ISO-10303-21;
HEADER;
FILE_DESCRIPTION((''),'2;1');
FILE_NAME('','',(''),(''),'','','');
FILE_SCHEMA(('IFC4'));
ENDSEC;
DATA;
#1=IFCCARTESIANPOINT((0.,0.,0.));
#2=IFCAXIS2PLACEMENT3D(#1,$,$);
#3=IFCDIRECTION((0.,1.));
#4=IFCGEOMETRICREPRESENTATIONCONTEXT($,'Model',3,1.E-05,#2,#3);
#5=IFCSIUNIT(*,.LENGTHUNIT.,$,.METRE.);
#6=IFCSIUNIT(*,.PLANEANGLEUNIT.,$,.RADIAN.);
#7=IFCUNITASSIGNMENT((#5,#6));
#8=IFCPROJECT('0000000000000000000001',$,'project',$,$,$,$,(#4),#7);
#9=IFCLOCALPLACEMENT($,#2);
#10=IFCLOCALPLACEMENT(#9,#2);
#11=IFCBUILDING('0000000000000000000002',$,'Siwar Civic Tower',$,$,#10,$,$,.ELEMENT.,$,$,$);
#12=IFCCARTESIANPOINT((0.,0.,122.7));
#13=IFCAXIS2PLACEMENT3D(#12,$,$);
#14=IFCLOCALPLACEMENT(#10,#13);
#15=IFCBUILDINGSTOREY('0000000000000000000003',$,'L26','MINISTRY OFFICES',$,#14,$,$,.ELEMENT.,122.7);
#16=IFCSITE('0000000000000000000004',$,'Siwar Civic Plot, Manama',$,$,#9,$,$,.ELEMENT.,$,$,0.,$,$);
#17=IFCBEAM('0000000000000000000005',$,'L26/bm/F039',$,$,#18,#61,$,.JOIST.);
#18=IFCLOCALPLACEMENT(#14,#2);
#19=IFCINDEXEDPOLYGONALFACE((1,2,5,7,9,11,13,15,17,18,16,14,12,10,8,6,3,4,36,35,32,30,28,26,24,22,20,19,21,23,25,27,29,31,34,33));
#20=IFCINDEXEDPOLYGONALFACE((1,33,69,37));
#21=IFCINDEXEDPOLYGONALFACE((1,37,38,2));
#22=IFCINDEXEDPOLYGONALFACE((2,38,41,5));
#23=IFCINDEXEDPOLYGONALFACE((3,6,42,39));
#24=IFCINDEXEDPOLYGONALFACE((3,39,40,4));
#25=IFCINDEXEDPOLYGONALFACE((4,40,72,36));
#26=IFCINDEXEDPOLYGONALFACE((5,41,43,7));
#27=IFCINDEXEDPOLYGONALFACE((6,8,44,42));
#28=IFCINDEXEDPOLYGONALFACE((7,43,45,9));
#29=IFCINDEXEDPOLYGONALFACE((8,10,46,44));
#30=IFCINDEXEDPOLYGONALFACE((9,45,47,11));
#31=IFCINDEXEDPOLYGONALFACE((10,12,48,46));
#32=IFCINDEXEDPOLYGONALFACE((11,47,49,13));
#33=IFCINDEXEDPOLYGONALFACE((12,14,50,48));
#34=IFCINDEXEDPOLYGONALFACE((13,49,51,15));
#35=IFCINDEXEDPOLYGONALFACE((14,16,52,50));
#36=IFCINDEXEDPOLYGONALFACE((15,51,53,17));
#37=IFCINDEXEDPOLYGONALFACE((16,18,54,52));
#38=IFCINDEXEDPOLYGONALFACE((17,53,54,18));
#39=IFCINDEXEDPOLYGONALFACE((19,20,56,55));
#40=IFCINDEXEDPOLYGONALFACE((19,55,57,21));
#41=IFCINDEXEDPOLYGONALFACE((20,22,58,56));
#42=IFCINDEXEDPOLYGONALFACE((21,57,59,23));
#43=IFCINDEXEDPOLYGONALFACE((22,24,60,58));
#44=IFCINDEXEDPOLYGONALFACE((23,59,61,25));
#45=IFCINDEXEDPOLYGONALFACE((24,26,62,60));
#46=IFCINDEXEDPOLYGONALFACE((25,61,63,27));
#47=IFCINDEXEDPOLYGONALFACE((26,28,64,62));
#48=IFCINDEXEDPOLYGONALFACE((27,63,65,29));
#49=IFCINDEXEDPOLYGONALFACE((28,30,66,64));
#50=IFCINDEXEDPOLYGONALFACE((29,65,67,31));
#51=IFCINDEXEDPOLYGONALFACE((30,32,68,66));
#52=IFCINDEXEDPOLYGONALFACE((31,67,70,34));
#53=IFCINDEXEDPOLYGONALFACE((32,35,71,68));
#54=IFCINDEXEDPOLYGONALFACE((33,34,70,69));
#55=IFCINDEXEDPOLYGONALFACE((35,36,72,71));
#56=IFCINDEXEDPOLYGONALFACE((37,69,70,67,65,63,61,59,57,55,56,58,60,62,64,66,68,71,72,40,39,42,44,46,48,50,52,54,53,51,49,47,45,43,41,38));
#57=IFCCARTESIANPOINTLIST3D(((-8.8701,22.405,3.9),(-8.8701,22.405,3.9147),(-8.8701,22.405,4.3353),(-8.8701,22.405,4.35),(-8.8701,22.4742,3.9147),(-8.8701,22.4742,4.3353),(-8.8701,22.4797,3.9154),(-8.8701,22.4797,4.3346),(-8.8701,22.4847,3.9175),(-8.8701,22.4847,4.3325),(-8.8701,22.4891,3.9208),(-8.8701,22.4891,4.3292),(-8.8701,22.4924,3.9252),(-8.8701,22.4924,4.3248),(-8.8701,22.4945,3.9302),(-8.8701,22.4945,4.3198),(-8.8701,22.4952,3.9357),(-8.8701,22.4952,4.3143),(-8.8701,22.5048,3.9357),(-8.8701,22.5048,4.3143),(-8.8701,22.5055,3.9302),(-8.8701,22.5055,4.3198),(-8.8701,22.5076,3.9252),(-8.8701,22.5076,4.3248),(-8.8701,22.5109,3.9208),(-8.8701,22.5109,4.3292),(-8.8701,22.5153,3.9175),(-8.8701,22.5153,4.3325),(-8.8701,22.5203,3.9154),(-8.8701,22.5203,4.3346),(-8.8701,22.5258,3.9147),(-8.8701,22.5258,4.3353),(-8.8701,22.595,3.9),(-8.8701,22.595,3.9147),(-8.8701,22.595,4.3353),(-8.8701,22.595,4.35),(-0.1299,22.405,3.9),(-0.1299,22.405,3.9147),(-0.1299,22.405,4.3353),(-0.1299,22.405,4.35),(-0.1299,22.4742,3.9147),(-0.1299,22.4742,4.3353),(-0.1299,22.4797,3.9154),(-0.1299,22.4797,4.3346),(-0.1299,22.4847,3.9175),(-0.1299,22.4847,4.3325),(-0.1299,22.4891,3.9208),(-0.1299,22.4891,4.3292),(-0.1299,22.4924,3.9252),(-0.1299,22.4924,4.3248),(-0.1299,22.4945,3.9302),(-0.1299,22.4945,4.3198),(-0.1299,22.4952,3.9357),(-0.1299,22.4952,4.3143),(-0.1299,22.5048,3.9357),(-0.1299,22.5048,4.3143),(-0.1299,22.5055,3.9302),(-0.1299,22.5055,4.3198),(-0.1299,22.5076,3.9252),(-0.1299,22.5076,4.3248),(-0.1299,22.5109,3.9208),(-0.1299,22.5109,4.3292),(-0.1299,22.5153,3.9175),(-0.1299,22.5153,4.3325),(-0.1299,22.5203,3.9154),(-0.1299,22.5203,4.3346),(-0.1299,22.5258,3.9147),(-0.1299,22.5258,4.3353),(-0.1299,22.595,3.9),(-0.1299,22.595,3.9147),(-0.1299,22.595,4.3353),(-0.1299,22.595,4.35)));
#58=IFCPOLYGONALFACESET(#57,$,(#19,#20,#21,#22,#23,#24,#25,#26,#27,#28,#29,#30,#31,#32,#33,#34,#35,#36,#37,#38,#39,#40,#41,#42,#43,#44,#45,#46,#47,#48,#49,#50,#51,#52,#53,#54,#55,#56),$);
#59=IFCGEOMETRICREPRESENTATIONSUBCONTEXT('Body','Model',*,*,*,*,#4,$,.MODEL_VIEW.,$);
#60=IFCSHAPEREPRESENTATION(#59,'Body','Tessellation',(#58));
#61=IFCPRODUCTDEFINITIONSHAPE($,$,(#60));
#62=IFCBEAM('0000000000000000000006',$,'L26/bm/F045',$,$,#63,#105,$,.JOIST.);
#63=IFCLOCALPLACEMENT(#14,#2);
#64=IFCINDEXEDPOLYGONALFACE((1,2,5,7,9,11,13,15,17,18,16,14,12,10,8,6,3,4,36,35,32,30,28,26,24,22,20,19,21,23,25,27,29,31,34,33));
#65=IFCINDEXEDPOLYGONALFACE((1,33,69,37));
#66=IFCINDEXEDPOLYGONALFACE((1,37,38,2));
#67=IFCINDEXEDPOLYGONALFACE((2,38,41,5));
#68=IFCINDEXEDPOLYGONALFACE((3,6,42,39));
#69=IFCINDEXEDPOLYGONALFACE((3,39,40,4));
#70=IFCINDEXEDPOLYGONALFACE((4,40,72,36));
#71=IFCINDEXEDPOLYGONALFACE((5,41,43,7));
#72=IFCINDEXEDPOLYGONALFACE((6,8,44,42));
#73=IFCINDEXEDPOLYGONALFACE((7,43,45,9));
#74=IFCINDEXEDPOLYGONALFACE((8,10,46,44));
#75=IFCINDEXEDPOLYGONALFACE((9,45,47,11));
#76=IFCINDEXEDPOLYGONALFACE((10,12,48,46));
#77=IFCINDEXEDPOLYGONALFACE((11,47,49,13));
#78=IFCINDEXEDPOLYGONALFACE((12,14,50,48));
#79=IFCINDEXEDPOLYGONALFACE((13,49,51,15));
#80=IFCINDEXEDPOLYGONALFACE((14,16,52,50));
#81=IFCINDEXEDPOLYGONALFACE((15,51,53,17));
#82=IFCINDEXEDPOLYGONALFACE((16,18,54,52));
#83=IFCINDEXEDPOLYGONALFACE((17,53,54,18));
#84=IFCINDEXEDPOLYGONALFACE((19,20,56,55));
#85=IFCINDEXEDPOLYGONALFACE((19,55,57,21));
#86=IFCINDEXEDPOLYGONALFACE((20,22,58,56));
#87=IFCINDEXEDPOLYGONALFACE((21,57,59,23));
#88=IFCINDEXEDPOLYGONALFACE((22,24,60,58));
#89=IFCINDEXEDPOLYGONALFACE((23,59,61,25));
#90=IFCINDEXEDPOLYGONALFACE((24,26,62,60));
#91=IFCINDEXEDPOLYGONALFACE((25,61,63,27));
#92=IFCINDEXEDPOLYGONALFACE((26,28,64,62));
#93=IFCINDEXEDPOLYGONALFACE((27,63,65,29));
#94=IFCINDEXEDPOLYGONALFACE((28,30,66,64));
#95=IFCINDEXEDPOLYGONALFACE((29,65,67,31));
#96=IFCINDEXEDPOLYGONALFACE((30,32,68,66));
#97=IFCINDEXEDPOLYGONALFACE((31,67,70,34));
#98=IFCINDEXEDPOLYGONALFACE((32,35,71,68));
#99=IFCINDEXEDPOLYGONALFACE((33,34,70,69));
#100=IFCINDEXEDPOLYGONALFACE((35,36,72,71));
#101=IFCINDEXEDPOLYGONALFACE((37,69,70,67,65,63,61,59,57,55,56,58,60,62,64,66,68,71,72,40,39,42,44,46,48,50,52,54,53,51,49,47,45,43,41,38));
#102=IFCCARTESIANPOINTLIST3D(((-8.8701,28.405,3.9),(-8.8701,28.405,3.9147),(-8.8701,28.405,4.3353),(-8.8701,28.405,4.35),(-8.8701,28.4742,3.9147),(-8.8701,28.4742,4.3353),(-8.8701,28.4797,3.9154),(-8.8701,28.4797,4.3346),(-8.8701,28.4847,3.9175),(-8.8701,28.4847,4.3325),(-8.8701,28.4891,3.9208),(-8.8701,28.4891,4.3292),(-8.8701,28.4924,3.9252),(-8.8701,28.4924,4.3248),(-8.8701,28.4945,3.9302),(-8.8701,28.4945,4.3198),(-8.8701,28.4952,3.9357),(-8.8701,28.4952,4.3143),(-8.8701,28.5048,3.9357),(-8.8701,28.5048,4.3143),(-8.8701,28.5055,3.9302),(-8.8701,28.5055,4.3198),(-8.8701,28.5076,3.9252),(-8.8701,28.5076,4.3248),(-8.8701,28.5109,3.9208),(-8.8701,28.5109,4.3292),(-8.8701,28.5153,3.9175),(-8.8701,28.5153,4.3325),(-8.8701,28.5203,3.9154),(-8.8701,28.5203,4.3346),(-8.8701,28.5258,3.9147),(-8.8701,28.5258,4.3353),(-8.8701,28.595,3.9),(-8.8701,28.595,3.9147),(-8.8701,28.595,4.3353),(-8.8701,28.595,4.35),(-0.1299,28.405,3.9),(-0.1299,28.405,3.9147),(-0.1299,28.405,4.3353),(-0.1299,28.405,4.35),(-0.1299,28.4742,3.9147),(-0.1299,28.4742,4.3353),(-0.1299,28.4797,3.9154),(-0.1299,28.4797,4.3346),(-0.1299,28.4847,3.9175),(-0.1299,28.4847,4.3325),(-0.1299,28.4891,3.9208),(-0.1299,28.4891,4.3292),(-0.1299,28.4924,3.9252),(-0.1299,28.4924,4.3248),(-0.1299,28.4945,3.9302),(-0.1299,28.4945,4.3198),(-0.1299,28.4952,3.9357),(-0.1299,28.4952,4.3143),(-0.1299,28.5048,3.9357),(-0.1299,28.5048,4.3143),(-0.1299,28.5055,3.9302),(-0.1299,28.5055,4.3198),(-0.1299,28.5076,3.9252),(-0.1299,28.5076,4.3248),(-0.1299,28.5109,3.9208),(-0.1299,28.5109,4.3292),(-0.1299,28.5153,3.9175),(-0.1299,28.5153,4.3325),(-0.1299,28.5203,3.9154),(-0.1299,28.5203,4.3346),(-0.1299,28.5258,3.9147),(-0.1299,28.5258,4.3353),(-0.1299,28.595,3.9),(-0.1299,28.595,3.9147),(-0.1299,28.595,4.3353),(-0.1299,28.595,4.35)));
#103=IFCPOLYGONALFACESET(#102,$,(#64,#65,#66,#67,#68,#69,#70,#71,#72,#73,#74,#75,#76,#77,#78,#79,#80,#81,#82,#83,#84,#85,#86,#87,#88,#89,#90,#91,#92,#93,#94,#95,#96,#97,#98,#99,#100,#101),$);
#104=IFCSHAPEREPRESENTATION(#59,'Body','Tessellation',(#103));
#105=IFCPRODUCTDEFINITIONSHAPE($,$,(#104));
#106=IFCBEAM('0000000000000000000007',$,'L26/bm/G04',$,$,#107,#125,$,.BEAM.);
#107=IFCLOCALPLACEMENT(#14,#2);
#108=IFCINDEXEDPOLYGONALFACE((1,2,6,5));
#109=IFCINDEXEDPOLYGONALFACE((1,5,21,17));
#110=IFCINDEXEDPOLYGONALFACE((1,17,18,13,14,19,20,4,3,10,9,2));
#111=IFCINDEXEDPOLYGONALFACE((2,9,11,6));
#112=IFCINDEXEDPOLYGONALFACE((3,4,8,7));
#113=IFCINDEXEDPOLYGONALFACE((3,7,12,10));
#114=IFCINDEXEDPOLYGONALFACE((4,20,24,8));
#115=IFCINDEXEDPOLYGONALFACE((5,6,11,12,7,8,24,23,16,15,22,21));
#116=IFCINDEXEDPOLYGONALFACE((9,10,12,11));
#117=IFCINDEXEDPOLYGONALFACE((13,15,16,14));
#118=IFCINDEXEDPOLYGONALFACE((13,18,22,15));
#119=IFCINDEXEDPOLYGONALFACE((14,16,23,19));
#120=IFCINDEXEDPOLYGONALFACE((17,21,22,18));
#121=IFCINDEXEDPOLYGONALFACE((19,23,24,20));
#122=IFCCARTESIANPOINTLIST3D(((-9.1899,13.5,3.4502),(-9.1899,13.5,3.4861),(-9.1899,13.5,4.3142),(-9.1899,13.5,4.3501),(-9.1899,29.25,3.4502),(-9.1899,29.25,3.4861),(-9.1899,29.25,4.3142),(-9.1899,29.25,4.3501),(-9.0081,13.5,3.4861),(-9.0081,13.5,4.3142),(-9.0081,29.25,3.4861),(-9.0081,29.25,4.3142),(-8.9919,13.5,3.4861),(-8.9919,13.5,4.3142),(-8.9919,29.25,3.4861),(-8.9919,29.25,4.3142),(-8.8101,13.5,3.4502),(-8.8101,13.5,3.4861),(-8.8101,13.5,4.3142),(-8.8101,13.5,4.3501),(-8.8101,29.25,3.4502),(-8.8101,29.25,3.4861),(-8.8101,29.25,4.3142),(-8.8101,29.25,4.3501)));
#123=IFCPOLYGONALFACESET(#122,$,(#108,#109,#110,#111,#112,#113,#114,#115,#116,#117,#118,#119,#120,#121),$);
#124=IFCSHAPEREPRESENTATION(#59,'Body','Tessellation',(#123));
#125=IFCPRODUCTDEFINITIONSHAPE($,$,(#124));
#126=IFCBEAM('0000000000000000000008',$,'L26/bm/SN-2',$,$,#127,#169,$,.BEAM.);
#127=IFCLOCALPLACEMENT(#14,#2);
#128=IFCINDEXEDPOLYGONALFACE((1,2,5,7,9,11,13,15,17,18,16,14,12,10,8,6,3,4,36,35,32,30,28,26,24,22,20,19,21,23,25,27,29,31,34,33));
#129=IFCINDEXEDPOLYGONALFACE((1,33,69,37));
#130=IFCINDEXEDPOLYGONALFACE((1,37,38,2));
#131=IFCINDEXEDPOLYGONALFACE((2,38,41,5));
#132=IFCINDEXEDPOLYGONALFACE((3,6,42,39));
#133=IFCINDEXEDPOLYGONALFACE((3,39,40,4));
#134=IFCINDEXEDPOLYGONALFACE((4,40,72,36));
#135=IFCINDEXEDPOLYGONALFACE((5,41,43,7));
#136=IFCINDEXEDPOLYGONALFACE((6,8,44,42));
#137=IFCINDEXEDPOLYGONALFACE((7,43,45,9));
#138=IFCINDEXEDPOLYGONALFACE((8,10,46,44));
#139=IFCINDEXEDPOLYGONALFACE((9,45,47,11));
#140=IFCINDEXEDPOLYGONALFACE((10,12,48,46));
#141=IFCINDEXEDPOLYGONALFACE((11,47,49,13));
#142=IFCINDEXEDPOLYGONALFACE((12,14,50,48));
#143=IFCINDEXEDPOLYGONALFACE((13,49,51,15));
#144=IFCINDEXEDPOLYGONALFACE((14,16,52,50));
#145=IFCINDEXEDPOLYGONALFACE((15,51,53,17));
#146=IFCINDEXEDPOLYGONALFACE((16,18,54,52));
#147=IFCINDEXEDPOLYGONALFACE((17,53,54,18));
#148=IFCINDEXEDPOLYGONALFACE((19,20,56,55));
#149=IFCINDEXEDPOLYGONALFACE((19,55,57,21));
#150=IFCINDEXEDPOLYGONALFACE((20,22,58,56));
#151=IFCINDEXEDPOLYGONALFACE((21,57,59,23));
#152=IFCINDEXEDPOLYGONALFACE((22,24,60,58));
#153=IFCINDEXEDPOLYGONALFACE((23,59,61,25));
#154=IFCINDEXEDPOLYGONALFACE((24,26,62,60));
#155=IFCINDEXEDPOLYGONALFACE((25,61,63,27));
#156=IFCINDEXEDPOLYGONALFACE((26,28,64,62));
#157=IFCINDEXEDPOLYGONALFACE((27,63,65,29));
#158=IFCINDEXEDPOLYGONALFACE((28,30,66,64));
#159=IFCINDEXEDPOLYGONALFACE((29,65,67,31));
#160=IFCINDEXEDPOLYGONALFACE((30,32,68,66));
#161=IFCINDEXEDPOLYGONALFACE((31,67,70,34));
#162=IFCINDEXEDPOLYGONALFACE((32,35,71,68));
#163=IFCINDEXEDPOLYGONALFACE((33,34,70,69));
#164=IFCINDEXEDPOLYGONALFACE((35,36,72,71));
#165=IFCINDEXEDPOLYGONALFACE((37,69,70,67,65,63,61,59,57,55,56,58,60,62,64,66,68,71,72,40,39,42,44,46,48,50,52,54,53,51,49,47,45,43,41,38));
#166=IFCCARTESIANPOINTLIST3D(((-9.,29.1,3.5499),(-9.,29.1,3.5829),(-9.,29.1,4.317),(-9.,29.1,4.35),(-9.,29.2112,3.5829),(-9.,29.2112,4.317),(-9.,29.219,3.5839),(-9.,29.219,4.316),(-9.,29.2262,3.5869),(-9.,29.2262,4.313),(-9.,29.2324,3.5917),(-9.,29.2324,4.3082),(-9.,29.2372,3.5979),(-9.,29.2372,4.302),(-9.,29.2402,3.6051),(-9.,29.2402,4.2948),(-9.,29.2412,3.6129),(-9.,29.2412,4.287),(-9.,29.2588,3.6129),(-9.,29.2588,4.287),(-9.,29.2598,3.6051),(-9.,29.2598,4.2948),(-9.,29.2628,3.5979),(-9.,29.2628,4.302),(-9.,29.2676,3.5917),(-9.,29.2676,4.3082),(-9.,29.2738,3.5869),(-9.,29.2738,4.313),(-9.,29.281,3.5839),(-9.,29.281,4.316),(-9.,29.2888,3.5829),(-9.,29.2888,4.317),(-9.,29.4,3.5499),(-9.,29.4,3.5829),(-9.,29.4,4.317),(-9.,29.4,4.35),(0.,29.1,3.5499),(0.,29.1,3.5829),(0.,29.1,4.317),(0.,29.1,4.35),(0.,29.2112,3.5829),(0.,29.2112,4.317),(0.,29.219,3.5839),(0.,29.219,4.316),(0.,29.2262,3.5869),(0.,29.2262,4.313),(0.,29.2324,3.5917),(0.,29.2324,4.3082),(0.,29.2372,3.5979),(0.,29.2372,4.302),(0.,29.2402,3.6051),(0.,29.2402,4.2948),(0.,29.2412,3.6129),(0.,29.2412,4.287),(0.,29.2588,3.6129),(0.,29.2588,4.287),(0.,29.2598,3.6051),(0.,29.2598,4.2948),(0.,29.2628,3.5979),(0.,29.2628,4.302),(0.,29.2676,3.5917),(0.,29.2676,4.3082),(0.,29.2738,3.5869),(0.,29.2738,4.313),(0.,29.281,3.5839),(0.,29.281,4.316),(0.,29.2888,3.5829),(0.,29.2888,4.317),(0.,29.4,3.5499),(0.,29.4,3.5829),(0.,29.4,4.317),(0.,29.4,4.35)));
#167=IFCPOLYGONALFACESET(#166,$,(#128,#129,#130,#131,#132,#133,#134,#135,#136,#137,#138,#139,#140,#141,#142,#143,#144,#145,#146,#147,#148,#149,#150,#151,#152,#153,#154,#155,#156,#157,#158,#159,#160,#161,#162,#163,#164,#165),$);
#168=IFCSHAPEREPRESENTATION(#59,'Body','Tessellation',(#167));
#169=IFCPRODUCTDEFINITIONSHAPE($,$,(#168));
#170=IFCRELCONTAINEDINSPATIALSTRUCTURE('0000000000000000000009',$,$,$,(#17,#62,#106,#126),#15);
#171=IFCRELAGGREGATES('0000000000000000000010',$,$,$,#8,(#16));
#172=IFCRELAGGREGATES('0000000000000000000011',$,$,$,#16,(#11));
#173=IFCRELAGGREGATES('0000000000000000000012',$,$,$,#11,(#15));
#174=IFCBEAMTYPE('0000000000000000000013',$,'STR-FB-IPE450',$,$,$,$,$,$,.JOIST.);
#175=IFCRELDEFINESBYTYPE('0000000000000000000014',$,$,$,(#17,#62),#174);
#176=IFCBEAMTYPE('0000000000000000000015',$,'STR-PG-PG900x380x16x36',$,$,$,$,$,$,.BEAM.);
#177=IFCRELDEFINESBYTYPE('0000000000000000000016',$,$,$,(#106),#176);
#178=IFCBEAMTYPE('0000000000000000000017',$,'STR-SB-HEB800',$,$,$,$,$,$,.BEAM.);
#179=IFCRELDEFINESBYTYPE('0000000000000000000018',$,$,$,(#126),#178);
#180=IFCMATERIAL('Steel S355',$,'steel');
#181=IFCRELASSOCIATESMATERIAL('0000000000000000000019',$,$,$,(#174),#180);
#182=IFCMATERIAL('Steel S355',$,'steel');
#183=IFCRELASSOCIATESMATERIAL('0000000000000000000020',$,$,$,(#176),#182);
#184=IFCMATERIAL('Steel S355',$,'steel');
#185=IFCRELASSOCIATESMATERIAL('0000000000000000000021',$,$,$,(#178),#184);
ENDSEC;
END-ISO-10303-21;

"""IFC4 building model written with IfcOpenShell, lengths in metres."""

from ifc_helpers import new_model, si_unit, direction, frame, origin, origin_2d, place, context, subcontext, project, spatial, i_section, extrude, material, material_profile, profile_set, type_object, element, save


model = new_model("IFC4")

# Units and contexts
model_context = context("Model", 3, precision=1e-05, world=origin(), true_north=direction((0.0, 1.0)))
body_context = subcontext(model_context, "Body", "Model", "MODEL_VIEW")
ifc_project = project(units=[si_unit("LENGTHUNIT", "METRE"), si_unit("PLANEANGLEUNIT", "RADIAN")], contexts=[model_context])

# Site, building, storey
site_placement = place(None, origin())
site = spatial("IfcSite", under=ifc_project, at=site_placement, Name="Siwar Civic Plot, Manama", CompositionType="ELEMENT", RefElevation=0.0)
building_placement = place(site_placement, origin())
building = spatial("IfcBuilding", under=site, at=building_placement, Name="Siwar Civic Tower", CompositionType="ELEMENT")
storey_placement = place(building_placement, frame((0.0, 0.0, 122.7)))
storey = spatial("IfcBuildingStorey", under=building, at=storey_placement, Name="L26", Description="MINISTRY OFFICES", CompositionType="ELEMENT", Elevation=122.7)

# Beams
ifc_material_1 = material(Name="Steel S355", Category="steel")
ifc_material_profile_1 = material_profile(ifc_material_1, i_section(OverallWidth=0.1899, OverallDepth=0.45, WebThickness=0.0095, FlangeThickness=0.0146, FilletRadius=0.021, at=origin_2d()), Name="IPE450")
ifc_profile_set_1 = profile_set([ifc_material_profile_1], Name="Steel S355")
beam_type_1 = type_object("IfcBeamType", Name="STR-FB-IPE450", PredefinedType="JOIST", material=ifc_profile_set_1)
for number, where, z_axis, x_axis, name in (
    (1, (-8.8701, 22.5, 4.125), (1.0, 0.0, 0.0), (0.0, 1.0, 0.0), "L26/bm/F039"),
    (2, (-8.8701, 28.5, 4.125), (1.0, 0.0, 0.0), (0.0, 1.0, 0.0), "L26/bm/F045"),
):
    element("IfcBeam", number, at=place(storey_placement, frame(where, z_axis=z_axis, x_axis=x_axis)), inside=storey, type_object=beam_type_1, Name=name, PredefinedType="JOIST", context=body_context, shape_type="SweptSolid", body=[
        extrude(i_section(OverallWidth=0.1899, OverallDepth=0.45, WebThickness=0.0095, FlangeThickness=0.0146, FilletRadius=0.021, at=origin_2d()), origin(), (0.0, 0.0, 1.0), 8.7402),
    ])
ifc_material_2 = material(Name="Steel S355", Category="steel")
ifc_material_profile_2 = material_profile(ifc_material_2, i_section(OverallWidth=0.3799, OverallDepth=0.8999, WebThickness=0.0161, FlangeThickness=0.0359, at=origin_2d()), Name="PG900x380x16x36")
ifc_profile_set_2 = profile_set([ifc_material_profile_2], Name="Steel S355")
beam_type_2 = type_object("IfcBeamType", Name="STR-PG-PG900x380x16x36", PredefinedType="BEAM", material=ifc_profile_set_2)
beam_1_placement = place(storey_placement, frame((-9.0, 13.5, 3.9001), z_axis=(0.0, 1.0, 0.0), x_axis=(-1.0, 0.0, 0.0)))
element("IfcBeam", 3, at=beam_1_placement, inside=storey, type_object=beam_type_2, Name="L26/bm/G04", PredefinedType="BEAM", context=body_context, shape_type="SweptSolid", body=[
    extrude(i_section(OverallWidth=0.3799, OverallDepth=0.8999, WebThickness=0.0161, FlangeThickness=0.0359, at=origin_2d()), origin(), (0.0, 0.0, 1.0), 15.75),
])
ifc_material_3 = material(Name="Steel S355", Category="steel")
ifc_material_profile_3 = material_profile(ifc_material_3, i_section(OverallWidth=0.3, OverallDepth=0.8, WebThickness=0.0176, FlangeThickness=0.033, FilletRadius=0.03, at=origin_2d()), Name="HEB800")
ifc_profile_set_3 = profile_set([ifc_material_profile_3], Name="Steel S355")
beam_type_3 = type_object("IfcBeamType", Name="STR-SB-HEB800", PredefinedType="BEAM", material=ifc_profile_set_3)
for number, where, z_axis, x_axis, name in (
    (4, (0.0, 29.25, 3.95), (-1.0, 0.0, 0.0), (0.0, -1.0, 0.0), "L26/bm/SN-2"),
):
    element("IfcBeam", number, at=place(storey_placement, frame(where, z_axis=z_axis, x_axis=x_axis)), inside=storey, type_object=beam_type_3, Name=name, PredefinedType="BEAM", context=body_context, shape_type="SweptSolid", body=[
        extrude(i_section(OverallWidth=0.3, OverallDepth=0.8, WebThickness=0.0176, FlangeThickness=0.033, FilletRadius=0.03, at=origin_2d()), origin(), (0.0, 0.0, 1.0), 9.0),
    ])

save(model, "model.ifc")
